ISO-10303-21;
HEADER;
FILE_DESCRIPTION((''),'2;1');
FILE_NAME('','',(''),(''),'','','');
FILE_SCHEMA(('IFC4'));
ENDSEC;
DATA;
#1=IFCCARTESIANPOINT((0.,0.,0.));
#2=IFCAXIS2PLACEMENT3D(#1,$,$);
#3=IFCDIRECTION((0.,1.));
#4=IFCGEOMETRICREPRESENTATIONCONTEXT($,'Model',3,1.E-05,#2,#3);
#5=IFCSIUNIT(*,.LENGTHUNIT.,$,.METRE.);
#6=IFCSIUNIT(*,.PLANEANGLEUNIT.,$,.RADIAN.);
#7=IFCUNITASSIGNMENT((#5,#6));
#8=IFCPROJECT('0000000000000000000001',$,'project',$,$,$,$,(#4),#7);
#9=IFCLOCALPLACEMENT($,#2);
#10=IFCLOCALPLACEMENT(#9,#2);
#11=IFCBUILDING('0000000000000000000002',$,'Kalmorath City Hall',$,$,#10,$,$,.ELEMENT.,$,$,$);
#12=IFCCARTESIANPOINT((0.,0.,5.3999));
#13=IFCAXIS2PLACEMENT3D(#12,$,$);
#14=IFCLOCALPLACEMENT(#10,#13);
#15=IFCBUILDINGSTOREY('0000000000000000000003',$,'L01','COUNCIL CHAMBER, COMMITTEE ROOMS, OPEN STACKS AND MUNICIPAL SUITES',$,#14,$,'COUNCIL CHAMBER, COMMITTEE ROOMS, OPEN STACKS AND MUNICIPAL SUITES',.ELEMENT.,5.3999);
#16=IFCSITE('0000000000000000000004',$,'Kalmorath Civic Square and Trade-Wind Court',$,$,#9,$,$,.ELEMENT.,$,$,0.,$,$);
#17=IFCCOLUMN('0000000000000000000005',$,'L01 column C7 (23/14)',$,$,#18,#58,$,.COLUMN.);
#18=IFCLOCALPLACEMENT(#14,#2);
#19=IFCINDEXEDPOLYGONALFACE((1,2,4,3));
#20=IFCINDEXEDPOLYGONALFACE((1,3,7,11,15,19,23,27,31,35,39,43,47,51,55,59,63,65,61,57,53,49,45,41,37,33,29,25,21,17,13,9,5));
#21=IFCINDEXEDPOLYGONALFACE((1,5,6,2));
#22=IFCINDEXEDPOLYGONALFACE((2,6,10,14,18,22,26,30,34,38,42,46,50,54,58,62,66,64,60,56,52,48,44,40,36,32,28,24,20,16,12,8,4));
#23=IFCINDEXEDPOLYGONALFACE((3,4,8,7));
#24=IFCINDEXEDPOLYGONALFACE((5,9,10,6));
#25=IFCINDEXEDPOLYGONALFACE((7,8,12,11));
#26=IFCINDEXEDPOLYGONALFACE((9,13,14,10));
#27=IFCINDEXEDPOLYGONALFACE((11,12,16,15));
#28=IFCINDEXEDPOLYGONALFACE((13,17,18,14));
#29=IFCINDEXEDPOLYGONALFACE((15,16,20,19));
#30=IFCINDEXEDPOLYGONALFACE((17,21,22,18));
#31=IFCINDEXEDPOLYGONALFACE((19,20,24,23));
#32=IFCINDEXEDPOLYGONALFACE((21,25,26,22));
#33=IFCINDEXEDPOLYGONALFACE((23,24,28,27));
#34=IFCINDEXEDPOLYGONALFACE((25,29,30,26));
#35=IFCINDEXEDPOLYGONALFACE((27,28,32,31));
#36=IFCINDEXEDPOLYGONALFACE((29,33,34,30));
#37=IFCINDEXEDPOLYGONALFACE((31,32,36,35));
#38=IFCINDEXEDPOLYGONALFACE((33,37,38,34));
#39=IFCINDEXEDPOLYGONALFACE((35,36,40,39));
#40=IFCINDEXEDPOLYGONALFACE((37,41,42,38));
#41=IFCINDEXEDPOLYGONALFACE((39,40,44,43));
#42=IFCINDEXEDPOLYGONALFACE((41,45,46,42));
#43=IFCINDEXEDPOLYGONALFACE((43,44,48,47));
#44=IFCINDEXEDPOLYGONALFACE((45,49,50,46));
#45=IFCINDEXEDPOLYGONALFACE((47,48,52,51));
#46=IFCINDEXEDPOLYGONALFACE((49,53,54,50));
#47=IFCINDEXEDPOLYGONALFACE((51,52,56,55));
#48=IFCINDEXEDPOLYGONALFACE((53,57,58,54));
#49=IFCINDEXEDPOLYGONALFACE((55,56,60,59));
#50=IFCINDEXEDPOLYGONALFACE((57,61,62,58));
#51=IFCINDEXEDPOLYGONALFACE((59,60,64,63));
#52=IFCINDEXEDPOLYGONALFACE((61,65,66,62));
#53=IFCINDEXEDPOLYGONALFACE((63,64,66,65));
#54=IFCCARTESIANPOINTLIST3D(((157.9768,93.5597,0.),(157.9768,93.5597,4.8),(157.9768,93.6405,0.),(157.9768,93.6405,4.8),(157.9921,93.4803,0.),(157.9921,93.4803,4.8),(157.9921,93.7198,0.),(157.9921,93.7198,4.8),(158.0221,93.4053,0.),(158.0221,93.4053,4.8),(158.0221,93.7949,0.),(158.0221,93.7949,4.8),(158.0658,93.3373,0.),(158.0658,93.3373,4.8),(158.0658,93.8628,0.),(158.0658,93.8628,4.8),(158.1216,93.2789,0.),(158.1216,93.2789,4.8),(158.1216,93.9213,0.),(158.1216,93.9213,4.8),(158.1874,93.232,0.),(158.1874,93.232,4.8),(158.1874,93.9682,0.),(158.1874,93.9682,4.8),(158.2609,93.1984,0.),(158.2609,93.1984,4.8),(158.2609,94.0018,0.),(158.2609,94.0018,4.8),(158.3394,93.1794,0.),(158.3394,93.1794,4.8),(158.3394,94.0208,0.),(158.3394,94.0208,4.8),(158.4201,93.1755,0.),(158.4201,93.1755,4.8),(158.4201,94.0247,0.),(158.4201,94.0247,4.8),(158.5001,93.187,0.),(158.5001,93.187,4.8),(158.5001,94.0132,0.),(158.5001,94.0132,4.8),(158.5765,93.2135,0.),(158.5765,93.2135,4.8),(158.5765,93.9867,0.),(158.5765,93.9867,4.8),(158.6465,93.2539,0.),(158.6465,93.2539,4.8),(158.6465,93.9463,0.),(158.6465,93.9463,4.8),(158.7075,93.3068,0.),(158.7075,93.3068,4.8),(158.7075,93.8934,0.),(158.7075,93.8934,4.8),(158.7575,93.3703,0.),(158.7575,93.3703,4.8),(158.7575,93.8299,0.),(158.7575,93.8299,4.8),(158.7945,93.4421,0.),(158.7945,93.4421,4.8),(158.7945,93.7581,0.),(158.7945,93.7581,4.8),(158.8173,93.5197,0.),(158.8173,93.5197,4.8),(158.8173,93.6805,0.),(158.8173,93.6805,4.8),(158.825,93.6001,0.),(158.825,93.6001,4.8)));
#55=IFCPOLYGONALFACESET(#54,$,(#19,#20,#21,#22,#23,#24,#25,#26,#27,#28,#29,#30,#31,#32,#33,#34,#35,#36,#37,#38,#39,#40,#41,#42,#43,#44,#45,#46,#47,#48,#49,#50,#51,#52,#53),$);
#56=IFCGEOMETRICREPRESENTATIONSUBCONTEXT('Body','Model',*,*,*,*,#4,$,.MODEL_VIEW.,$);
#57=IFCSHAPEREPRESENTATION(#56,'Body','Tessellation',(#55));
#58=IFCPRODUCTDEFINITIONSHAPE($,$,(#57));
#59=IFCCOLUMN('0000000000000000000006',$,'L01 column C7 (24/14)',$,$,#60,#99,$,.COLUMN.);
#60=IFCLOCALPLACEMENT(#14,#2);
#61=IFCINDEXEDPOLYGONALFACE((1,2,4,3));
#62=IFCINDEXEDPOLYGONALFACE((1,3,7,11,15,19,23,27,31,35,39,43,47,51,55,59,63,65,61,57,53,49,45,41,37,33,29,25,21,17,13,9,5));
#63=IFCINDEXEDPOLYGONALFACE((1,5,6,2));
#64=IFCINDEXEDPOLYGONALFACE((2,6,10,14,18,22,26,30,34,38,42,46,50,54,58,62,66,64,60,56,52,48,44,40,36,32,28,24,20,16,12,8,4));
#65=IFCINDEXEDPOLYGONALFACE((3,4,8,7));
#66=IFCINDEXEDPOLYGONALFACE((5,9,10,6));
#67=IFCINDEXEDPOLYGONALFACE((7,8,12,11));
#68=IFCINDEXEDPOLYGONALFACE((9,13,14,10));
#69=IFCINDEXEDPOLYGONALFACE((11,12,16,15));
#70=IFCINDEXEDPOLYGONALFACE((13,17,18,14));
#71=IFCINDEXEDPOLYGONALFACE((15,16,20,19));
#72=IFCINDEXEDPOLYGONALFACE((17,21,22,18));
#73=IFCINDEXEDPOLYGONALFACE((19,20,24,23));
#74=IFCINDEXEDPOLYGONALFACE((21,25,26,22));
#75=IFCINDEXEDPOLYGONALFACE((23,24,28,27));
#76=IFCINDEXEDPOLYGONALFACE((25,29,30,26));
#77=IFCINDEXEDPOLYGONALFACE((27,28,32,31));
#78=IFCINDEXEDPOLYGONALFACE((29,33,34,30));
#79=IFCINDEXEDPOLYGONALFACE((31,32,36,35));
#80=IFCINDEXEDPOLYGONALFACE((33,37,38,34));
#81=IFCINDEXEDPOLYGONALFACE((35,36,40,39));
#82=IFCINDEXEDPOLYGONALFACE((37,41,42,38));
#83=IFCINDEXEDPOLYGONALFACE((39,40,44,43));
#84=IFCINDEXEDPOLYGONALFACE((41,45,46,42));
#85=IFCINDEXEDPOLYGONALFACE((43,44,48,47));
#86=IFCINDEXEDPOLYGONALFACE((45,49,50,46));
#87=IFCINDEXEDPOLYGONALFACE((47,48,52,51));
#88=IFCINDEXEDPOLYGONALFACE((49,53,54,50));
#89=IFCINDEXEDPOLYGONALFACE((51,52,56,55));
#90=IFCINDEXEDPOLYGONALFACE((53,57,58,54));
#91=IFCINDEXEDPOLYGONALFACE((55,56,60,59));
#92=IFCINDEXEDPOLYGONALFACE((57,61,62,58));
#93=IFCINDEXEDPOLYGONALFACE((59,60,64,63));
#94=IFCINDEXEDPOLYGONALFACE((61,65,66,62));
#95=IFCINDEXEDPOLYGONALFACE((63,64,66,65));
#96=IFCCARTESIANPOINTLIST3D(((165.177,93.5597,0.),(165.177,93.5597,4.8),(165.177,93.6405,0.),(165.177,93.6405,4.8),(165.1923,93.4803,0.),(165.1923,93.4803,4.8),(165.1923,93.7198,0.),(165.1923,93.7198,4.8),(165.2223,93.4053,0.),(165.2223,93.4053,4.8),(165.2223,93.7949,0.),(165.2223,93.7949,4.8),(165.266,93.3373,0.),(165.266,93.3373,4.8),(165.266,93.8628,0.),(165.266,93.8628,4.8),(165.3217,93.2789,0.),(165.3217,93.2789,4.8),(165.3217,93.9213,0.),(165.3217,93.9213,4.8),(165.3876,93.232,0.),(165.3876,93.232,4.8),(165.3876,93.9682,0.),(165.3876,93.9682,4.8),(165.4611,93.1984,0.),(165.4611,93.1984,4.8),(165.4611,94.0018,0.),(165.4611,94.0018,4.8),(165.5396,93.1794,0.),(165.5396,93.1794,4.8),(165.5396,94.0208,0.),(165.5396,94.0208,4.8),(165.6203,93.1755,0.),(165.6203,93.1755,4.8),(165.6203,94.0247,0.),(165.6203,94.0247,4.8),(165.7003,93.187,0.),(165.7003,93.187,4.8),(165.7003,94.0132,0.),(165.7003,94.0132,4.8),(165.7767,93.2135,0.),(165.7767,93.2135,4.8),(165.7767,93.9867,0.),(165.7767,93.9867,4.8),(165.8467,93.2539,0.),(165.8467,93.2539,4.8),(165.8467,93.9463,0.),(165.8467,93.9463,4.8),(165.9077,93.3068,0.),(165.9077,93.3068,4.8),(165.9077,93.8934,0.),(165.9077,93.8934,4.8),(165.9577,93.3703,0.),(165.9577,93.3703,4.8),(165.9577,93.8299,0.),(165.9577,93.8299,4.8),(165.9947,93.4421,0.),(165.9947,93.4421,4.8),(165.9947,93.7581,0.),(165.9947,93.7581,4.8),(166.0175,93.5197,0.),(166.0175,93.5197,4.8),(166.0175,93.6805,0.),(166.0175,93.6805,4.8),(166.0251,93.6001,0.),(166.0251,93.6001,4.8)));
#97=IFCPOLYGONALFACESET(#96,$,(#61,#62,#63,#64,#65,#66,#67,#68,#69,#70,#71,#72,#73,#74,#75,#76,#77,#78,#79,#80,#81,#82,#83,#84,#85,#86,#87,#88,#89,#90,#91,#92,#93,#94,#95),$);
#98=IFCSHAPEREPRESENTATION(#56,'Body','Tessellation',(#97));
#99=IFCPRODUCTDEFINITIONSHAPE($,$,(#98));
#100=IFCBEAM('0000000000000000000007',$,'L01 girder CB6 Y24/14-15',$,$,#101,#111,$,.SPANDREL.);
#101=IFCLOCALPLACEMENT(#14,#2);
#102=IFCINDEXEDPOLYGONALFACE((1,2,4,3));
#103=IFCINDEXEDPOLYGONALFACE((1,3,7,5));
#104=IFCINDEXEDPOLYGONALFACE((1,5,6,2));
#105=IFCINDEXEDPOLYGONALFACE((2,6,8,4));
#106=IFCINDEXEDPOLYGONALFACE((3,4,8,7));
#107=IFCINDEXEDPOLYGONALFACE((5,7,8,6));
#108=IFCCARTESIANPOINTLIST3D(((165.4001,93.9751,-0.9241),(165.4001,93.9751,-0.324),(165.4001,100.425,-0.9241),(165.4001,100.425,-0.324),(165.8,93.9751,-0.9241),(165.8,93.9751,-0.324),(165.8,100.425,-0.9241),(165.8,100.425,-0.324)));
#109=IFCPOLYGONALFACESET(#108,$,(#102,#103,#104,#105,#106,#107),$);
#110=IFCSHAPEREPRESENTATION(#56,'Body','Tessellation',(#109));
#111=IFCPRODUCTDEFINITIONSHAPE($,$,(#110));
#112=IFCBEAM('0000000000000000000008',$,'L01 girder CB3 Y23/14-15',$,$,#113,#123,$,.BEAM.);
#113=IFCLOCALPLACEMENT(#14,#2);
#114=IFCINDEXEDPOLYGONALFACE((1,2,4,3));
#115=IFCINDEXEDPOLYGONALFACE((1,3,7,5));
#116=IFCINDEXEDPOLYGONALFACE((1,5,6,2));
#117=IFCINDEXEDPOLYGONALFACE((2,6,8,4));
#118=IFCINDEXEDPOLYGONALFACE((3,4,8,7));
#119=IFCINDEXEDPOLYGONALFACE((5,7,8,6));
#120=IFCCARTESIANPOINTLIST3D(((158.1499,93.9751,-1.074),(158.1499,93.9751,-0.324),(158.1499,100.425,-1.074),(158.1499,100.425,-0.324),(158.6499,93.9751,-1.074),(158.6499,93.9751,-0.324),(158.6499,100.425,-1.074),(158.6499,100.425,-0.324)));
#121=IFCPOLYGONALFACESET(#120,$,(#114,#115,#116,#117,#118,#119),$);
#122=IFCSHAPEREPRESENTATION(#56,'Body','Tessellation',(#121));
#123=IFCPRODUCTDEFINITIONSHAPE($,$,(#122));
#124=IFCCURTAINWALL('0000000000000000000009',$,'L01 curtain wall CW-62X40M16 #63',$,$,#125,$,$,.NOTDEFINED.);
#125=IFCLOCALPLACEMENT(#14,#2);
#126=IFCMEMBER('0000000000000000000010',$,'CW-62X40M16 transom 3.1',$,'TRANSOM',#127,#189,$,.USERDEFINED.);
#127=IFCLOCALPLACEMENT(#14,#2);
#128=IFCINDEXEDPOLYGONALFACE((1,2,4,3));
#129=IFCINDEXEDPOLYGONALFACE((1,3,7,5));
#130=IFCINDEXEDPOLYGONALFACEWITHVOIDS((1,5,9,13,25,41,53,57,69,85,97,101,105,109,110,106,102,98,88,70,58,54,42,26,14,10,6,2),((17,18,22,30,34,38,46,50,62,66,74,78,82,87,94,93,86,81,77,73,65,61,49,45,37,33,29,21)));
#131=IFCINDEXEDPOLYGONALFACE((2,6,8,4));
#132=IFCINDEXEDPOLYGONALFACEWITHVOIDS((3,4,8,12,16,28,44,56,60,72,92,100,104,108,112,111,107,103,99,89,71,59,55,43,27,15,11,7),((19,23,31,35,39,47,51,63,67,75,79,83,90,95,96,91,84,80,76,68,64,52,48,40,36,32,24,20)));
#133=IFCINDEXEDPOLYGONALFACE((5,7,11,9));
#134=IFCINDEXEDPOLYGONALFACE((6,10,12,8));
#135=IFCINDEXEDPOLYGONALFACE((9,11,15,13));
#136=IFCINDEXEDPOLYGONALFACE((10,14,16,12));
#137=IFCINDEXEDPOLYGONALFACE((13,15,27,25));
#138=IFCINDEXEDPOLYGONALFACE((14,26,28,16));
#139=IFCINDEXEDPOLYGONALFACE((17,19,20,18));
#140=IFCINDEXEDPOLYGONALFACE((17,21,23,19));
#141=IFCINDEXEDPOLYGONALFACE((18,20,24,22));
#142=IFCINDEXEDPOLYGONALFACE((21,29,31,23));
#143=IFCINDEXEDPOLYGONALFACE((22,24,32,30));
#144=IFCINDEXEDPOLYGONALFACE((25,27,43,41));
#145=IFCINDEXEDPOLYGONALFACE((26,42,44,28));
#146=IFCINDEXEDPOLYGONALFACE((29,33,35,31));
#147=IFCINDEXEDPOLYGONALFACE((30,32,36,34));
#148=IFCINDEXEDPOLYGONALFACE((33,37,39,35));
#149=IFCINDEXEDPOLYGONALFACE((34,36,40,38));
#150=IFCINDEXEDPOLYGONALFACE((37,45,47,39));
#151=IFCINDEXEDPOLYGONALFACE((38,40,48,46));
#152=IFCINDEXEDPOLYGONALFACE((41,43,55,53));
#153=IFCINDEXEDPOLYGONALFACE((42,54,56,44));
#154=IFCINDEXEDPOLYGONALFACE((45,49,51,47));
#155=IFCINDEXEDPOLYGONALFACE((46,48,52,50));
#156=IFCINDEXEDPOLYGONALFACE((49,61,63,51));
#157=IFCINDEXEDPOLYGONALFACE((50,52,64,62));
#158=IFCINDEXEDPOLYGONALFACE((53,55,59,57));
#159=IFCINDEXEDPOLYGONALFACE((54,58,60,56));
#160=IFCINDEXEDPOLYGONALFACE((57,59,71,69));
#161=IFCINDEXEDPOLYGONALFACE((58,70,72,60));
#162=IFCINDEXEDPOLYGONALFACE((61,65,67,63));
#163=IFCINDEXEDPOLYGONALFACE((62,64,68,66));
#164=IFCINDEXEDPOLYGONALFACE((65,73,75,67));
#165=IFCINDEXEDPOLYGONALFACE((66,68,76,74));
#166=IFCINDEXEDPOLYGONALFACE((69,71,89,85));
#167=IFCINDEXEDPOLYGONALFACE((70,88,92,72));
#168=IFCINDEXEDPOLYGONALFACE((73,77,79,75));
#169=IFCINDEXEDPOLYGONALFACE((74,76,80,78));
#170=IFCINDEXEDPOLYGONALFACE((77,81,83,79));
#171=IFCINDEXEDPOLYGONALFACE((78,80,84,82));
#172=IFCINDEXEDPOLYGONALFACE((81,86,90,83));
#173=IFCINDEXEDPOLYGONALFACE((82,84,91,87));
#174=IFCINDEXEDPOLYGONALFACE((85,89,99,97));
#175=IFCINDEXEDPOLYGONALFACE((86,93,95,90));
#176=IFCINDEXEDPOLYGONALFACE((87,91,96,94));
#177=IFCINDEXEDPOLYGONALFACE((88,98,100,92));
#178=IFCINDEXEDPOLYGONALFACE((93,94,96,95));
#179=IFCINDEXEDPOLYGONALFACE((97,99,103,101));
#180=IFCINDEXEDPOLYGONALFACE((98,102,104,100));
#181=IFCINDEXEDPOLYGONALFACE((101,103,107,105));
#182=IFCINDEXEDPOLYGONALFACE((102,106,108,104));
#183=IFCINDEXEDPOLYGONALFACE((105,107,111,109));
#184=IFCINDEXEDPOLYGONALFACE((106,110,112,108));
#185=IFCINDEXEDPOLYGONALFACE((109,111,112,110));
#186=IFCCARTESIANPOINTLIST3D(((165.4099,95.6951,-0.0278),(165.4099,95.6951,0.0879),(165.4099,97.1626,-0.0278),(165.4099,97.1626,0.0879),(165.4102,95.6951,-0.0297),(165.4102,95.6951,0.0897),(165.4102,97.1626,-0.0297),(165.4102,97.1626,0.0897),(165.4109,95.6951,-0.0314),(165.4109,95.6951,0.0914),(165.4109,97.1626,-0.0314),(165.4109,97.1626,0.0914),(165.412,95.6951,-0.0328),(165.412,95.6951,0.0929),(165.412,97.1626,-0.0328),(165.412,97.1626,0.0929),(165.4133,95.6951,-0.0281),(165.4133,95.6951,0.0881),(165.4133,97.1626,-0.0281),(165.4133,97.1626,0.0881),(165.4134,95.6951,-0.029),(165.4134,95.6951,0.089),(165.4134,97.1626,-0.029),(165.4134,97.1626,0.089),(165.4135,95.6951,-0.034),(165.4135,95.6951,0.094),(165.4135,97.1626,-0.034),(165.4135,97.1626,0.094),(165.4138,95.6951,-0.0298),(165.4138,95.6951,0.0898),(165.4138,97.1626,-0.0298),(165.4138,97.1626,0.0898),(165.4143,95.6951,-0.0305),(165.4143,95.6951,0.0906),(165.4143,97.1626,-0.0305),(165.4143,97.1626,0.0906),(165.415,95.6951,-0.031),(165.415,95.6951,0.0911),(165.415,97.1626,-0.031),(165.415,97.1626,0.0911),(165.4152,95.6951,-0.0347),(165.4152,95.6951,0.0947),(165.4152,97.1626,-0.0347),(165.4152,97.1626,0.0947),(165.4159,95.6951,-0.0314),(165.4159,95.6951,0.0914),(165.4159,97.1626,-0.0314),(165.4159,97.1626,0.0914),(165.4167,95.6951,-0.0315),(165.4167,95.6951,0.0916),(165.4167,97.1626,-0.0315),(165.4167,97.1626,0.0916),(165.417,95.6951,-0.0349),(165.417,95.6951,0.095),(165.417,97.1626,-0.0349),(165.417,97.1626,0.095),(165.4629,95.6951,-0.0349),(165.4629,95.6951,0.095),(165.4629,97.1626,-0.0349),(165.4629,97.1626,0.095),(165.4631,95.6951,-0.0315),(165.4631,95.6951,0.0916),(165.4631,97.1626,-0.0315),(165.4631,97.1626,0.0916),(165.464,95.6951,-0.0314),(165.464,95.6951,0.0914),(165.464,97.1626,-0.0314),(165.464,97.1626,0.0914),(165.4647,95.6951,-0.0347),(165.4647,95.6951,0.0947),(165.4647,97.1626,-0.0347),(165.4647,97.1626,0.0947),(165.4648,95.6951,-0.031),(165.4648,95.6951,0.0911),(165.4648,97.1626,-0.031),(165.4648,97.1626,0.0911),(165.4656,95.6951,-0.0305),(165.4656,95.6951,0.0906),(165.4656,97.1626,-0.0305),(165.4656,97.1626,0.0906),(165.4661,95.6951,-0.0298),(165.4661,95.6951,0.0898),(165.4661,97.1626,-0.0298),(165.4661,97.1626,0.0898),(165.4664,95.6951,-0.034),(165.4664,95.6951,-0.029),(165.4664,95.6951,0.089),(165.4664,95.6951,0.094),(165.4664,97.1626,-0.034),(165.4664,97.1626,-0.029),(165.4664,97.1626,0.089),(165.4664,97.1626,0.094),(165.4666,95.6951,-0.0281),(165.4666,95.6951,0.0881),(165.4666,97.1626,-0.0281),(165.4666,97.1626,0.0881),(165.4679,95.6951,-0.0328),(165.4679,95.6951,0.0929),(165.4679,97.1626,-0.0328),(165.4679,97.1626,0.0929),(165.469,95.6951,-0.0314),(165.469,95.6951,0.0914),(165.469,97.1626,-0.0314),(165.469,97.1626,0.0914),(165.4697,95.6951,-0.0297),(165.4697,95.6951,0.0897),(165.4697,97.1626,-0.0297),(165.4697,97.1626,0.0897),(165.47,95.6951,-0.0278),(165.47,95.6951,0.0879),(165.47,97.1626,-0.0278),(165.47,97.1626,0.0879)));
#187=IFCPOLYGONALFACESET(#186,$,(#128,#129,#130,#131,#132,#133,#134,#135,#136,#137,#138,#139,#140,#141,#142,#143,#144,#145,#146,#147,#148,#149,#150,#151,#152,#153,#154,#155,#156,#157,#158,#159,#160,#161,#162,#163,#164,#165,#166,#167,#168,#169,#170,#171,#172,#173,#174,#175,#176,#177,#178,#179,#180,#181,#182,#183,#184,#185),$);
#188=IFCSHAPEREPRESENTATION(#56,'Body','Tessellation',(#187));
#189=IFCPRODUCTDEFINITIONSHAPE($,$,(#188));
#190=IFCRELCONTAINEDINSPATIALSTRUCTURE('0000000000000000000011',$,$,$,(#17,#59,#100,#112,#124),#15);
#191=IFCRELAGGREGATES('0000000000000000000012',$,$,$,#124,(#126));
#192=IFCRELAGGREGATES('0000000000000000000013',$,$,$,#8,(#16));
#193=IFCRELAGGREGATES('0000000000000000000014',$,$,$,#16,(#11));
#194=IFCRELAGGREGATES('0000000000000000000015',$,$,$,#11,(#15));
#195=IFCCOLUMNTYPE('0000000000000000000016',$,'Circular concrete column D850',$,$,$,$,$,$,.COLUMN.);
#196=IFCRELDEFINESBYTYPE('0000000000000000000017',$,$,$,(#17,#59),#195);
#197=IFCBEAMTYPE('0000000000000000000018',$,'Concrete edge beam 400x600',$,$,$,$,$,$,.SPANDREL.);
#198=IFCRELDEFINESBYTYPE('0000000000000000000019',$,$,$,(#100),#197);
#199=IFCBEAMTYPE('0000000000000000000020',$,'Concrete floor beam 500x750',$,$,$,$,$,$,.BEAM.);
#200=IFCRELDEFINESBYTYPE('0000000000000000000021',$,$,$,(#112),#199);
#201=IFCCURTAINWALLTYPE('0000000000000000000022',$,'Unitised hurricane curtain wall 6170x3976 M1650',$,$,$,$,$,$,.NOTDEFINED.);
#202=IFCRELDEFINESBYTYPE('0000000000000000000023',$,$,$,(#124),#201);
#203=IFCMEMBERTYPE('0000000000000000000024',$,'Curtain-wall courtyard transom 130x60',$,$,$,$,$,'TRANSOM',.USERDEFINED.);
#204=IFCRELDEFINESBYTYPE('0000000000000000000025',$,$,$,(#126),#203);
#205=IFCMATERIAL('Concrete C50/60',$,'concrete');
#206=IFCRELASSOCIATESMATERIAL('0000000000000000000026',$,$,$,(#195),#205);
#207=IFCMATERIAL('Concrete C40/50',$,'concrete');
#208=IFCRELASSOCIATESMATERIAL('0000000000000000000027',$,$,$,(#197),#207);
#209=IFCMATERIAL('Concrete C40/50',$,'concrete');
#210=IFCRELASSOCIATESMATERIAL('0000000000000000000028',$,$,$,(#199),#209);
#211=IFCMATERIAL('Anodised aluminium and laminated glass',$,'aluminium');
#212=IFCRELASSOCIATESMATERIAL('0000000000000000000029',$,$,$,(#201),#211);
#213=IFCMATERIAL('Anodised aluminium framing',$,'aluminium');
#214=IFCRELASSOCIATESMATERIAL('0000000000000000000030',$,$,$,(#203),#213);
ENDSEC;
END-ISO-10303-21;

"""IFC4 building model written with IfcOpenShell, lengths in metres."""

from ifc_helpers import new_model, si_unit, direction, frame, origin, origin_2d, place, context, subcontext, project, spatial, rectangle, hollow_rectangle, circle, extrude, material, material_profile, profile_set, type_object, element, aggregate, save


model = new_model("IFC4")

# Units and contexts
model_context = context("Model", 3, precision=1e-05, world=origin(), true_north=direction((0.0, 1.0)))
body_context = subcontext(model_context, "Body", "Model", "MODEL_VIEW")
ifc_project = project(units=[si_unit("LENGTHUNIT", "METRE"), si_unit("PLANEANGLEUNIT", "RADIAN")], contexts=[model_context])

# Site, building, storey
site_placement = place(None, origin())
site = spatial("IfcSite", under=ifc_project, at=site_placement, Name="Kalmorath Civic Square and Trade-Wind Court", CompositionType="ELEMENT", RefElevation=0.0)
building_placement = place(site_placement, origin())
building = spatial("IfcBuilding", under=site, at=building_placement, Name="Kalmorath City Hall", CompositionType="ELEMENT")
storey_placement = place(building_placement, frame((0.0, 0.0, 5.3999)))
storey = spatial("IfcBuildingStorey", under=building, at=storey_placement, Name="L01", Description="COUNCIL CHAMBER, COMMITTEE ROOMS, OPEN STACKS AND MUNICIPAL SUITES", LongName="COUNCIL CHAMBER, COMMITTEE ROOMS, OPEN STACKS AND MUNICIPAL SUITES", CompositionType="ELEMENT", Elevation=5.3999)

# Columns
ifc_material_1 = material(Name="Concrete C50/60", Category="concrete")
ifc_material_profile_1 = material_profile(ifc_material_1, circle(Radius=0.425, at=origin_2d()), Name="RC-COL-D850")
ifc_profile_set_1 = profile_set([ifc_material_profile_1], Name="Concrete C50/60")
column_type = type_object("IfcColumnType", Name="Circular concrete column D850", PredefinedType="COLUMN", material=ifc_profile_set_1)
for number, where, z_axis, x_axis, name in (
    (1, (158.3999, 93.6001, 0.0), (0.0, 0.0, 1.0), (1.0, 0.0, 0.0), "L01 column C7 (23/14)"),
    (2, (165.6001, 93.6001, 0.0), (0.0, 0.0, 1.0), (1.0, 0.0, 0.0), "L01 column C7 (24/14)"),
):
    element("IfcColumn", number, at=place(storey_placement, frame(where, z_axis=z_axis, x_axis=x_axis)), inside=storey, type_object=column_type, Name=name, PredefinedType="COLUMN", context=body_context, shape_type="SweptSolid", body=[
        extrude(circle(Radius=0.425, at=origin_2d()), origin(), (0.0, 0.0, 1.0), 4.8),
    ])

# Beams
ifc_material_2 = material(Name="Concrete C40/50", Category="concrete")
ifc_material_profile_2 = material_profile(ifc_material_2, rectangle(XDim=0.3999, YDim=0.6001, at=origin_2d()), Name="RC-BM-400X600")
ifc_profile_set_2 = profile_set([ifc_material_profile_2], Name="Concrete C40/50")
beam_type_1 = type_object("IfcBeamType", Name="Concrete edge beam 400x600", PredefinedType="SPANDREL", material=ifc_profile_set_2)
beam_1_placement = place(storey_placement, frame((165.6001, 93.9751, -0.624), z_axis=(0.0, 1.0, 0.0), x_axis=(-1.0, 0.0, 0.0)))
element("IfcBeam", 3, at=beam_1_placement, inside=storey, type_object=beam_type_1, Name="L01 girder CB6 Y24/14-15", PredefinedType="SPANDREL", context=body_context, shape_type="SweptSolid", body=[
    extrude(rectangle(XDim=0.3999, YDim=0.6001, at=origin_2d()), origin(), (0.0, 0.0, 1.0), 6.45),
])
ifc_material_3 = material(Name="Concrete C40/50", Category="concrete")
ifc_material_profile_3 = material_profile(ifc_material_3, rectangle(XDim=0.5, YDim=0.75, at=origin_2d()), Name="RC-BM-500X750")
ifc_profile_set_3 = profile_set([ifc_material_profile_3], Name="Concrete C40/50")
beam_type_2 = type_object("IfcBeamType", Name="Concrete floor beam 500x750", PredefinedType="BEAM", material=ifc_profile_set_3)
beam_2_placement = place(storey_placement, frame((158.3999, 93.9751, -0.699), z_axis=(0.0, 1.0, 0.0), x_axis=(-1.0, 0.0, 0.0)))
element("IfcBeam", 4, at=beam_2_placement, inside=storey, type_object=beam_type_2, Name="L01 girder CB3 Y23/14-15", PredefinedType="BEAM", context=body_context, shape_type="SweptSolid", body=[
    extrude(rectangle(XDim=0.5, YDim=0.75, at=origin_2d()), origin(), (0.0, 0.0, 1.0), 6.45),
])

# Curtain wall, member
ifc_material_4 = material(Name="Anodised aluminium and laminated glass", Category="aluminium")
curtain_wall_type = type_object("IfcCurtainWallType", Name="Unitised hurricane curtain wall 6170x3976 M1650", PredefinedType="NOTDEFINED", material=ifc_material_4)
curtain_wall_placement = place(storey_placement, origin())
curtain_wall = element("IfcCurtainWall", 5, at=curtain_wall_placement, inside=storey, type_object=curtain_wall_type, Name="L01 curtain wall CW-62X40M16 #63", PredefinedType="NOTDEFINED")
ifc_material_5 = material(Name="Anodised aluminium framing", Category="aluminium")
ifc_material_profile_4 = material_profile(ifc_material_5, hollow_rectangle(XDim=0.0601, YDim=0.1299, WallThickness=0.0034, InnerFilletRadius=0.0034, OuterFilletRadius=0.0071, at=origin_2d()), Name="ALU-TRN-130X60X3.5")
ifc_profile_set_4 = profile_set([ifc_material_profile_4], Name="Anodised aluminium framing")
member_type_1 = type_object("IfcMemberType", Name="Curtain-wall courtyard transom 130x60", ElementType="TRANSOM", PredefinedType="USERDEFINED", material=ifc_profile_set_4)
member_1_placement = place(storey_placement, frame((165.4399, 97.1626, 0.03), z_axis=(0.0, -1.0, 0.0), x_axis=(1.0, 0.0, 0.0)))
member_1 = element("IfcMember", 6, at=member_1_placement, type_object=member_type_1, Name="CW-62X40M16 transom 3.1", ObjectType="TRANSOM", PredefinedType="USERDEFINED", context=body_context, shape_type="SweptSolid", body=[
    extrude(hollow_rectangle(XDim=0.0601, YDim=0.1299, WallThickness=0.0034, InnerFilletRadius=0.0034, OuterFilletRadius=0.0071, at=origin_2d()), origin(), (0.0, 0.0, 1.0), 1.4675),
])

aggregate(curtain_wall, [member_1])

save(model, "model.ifc")
